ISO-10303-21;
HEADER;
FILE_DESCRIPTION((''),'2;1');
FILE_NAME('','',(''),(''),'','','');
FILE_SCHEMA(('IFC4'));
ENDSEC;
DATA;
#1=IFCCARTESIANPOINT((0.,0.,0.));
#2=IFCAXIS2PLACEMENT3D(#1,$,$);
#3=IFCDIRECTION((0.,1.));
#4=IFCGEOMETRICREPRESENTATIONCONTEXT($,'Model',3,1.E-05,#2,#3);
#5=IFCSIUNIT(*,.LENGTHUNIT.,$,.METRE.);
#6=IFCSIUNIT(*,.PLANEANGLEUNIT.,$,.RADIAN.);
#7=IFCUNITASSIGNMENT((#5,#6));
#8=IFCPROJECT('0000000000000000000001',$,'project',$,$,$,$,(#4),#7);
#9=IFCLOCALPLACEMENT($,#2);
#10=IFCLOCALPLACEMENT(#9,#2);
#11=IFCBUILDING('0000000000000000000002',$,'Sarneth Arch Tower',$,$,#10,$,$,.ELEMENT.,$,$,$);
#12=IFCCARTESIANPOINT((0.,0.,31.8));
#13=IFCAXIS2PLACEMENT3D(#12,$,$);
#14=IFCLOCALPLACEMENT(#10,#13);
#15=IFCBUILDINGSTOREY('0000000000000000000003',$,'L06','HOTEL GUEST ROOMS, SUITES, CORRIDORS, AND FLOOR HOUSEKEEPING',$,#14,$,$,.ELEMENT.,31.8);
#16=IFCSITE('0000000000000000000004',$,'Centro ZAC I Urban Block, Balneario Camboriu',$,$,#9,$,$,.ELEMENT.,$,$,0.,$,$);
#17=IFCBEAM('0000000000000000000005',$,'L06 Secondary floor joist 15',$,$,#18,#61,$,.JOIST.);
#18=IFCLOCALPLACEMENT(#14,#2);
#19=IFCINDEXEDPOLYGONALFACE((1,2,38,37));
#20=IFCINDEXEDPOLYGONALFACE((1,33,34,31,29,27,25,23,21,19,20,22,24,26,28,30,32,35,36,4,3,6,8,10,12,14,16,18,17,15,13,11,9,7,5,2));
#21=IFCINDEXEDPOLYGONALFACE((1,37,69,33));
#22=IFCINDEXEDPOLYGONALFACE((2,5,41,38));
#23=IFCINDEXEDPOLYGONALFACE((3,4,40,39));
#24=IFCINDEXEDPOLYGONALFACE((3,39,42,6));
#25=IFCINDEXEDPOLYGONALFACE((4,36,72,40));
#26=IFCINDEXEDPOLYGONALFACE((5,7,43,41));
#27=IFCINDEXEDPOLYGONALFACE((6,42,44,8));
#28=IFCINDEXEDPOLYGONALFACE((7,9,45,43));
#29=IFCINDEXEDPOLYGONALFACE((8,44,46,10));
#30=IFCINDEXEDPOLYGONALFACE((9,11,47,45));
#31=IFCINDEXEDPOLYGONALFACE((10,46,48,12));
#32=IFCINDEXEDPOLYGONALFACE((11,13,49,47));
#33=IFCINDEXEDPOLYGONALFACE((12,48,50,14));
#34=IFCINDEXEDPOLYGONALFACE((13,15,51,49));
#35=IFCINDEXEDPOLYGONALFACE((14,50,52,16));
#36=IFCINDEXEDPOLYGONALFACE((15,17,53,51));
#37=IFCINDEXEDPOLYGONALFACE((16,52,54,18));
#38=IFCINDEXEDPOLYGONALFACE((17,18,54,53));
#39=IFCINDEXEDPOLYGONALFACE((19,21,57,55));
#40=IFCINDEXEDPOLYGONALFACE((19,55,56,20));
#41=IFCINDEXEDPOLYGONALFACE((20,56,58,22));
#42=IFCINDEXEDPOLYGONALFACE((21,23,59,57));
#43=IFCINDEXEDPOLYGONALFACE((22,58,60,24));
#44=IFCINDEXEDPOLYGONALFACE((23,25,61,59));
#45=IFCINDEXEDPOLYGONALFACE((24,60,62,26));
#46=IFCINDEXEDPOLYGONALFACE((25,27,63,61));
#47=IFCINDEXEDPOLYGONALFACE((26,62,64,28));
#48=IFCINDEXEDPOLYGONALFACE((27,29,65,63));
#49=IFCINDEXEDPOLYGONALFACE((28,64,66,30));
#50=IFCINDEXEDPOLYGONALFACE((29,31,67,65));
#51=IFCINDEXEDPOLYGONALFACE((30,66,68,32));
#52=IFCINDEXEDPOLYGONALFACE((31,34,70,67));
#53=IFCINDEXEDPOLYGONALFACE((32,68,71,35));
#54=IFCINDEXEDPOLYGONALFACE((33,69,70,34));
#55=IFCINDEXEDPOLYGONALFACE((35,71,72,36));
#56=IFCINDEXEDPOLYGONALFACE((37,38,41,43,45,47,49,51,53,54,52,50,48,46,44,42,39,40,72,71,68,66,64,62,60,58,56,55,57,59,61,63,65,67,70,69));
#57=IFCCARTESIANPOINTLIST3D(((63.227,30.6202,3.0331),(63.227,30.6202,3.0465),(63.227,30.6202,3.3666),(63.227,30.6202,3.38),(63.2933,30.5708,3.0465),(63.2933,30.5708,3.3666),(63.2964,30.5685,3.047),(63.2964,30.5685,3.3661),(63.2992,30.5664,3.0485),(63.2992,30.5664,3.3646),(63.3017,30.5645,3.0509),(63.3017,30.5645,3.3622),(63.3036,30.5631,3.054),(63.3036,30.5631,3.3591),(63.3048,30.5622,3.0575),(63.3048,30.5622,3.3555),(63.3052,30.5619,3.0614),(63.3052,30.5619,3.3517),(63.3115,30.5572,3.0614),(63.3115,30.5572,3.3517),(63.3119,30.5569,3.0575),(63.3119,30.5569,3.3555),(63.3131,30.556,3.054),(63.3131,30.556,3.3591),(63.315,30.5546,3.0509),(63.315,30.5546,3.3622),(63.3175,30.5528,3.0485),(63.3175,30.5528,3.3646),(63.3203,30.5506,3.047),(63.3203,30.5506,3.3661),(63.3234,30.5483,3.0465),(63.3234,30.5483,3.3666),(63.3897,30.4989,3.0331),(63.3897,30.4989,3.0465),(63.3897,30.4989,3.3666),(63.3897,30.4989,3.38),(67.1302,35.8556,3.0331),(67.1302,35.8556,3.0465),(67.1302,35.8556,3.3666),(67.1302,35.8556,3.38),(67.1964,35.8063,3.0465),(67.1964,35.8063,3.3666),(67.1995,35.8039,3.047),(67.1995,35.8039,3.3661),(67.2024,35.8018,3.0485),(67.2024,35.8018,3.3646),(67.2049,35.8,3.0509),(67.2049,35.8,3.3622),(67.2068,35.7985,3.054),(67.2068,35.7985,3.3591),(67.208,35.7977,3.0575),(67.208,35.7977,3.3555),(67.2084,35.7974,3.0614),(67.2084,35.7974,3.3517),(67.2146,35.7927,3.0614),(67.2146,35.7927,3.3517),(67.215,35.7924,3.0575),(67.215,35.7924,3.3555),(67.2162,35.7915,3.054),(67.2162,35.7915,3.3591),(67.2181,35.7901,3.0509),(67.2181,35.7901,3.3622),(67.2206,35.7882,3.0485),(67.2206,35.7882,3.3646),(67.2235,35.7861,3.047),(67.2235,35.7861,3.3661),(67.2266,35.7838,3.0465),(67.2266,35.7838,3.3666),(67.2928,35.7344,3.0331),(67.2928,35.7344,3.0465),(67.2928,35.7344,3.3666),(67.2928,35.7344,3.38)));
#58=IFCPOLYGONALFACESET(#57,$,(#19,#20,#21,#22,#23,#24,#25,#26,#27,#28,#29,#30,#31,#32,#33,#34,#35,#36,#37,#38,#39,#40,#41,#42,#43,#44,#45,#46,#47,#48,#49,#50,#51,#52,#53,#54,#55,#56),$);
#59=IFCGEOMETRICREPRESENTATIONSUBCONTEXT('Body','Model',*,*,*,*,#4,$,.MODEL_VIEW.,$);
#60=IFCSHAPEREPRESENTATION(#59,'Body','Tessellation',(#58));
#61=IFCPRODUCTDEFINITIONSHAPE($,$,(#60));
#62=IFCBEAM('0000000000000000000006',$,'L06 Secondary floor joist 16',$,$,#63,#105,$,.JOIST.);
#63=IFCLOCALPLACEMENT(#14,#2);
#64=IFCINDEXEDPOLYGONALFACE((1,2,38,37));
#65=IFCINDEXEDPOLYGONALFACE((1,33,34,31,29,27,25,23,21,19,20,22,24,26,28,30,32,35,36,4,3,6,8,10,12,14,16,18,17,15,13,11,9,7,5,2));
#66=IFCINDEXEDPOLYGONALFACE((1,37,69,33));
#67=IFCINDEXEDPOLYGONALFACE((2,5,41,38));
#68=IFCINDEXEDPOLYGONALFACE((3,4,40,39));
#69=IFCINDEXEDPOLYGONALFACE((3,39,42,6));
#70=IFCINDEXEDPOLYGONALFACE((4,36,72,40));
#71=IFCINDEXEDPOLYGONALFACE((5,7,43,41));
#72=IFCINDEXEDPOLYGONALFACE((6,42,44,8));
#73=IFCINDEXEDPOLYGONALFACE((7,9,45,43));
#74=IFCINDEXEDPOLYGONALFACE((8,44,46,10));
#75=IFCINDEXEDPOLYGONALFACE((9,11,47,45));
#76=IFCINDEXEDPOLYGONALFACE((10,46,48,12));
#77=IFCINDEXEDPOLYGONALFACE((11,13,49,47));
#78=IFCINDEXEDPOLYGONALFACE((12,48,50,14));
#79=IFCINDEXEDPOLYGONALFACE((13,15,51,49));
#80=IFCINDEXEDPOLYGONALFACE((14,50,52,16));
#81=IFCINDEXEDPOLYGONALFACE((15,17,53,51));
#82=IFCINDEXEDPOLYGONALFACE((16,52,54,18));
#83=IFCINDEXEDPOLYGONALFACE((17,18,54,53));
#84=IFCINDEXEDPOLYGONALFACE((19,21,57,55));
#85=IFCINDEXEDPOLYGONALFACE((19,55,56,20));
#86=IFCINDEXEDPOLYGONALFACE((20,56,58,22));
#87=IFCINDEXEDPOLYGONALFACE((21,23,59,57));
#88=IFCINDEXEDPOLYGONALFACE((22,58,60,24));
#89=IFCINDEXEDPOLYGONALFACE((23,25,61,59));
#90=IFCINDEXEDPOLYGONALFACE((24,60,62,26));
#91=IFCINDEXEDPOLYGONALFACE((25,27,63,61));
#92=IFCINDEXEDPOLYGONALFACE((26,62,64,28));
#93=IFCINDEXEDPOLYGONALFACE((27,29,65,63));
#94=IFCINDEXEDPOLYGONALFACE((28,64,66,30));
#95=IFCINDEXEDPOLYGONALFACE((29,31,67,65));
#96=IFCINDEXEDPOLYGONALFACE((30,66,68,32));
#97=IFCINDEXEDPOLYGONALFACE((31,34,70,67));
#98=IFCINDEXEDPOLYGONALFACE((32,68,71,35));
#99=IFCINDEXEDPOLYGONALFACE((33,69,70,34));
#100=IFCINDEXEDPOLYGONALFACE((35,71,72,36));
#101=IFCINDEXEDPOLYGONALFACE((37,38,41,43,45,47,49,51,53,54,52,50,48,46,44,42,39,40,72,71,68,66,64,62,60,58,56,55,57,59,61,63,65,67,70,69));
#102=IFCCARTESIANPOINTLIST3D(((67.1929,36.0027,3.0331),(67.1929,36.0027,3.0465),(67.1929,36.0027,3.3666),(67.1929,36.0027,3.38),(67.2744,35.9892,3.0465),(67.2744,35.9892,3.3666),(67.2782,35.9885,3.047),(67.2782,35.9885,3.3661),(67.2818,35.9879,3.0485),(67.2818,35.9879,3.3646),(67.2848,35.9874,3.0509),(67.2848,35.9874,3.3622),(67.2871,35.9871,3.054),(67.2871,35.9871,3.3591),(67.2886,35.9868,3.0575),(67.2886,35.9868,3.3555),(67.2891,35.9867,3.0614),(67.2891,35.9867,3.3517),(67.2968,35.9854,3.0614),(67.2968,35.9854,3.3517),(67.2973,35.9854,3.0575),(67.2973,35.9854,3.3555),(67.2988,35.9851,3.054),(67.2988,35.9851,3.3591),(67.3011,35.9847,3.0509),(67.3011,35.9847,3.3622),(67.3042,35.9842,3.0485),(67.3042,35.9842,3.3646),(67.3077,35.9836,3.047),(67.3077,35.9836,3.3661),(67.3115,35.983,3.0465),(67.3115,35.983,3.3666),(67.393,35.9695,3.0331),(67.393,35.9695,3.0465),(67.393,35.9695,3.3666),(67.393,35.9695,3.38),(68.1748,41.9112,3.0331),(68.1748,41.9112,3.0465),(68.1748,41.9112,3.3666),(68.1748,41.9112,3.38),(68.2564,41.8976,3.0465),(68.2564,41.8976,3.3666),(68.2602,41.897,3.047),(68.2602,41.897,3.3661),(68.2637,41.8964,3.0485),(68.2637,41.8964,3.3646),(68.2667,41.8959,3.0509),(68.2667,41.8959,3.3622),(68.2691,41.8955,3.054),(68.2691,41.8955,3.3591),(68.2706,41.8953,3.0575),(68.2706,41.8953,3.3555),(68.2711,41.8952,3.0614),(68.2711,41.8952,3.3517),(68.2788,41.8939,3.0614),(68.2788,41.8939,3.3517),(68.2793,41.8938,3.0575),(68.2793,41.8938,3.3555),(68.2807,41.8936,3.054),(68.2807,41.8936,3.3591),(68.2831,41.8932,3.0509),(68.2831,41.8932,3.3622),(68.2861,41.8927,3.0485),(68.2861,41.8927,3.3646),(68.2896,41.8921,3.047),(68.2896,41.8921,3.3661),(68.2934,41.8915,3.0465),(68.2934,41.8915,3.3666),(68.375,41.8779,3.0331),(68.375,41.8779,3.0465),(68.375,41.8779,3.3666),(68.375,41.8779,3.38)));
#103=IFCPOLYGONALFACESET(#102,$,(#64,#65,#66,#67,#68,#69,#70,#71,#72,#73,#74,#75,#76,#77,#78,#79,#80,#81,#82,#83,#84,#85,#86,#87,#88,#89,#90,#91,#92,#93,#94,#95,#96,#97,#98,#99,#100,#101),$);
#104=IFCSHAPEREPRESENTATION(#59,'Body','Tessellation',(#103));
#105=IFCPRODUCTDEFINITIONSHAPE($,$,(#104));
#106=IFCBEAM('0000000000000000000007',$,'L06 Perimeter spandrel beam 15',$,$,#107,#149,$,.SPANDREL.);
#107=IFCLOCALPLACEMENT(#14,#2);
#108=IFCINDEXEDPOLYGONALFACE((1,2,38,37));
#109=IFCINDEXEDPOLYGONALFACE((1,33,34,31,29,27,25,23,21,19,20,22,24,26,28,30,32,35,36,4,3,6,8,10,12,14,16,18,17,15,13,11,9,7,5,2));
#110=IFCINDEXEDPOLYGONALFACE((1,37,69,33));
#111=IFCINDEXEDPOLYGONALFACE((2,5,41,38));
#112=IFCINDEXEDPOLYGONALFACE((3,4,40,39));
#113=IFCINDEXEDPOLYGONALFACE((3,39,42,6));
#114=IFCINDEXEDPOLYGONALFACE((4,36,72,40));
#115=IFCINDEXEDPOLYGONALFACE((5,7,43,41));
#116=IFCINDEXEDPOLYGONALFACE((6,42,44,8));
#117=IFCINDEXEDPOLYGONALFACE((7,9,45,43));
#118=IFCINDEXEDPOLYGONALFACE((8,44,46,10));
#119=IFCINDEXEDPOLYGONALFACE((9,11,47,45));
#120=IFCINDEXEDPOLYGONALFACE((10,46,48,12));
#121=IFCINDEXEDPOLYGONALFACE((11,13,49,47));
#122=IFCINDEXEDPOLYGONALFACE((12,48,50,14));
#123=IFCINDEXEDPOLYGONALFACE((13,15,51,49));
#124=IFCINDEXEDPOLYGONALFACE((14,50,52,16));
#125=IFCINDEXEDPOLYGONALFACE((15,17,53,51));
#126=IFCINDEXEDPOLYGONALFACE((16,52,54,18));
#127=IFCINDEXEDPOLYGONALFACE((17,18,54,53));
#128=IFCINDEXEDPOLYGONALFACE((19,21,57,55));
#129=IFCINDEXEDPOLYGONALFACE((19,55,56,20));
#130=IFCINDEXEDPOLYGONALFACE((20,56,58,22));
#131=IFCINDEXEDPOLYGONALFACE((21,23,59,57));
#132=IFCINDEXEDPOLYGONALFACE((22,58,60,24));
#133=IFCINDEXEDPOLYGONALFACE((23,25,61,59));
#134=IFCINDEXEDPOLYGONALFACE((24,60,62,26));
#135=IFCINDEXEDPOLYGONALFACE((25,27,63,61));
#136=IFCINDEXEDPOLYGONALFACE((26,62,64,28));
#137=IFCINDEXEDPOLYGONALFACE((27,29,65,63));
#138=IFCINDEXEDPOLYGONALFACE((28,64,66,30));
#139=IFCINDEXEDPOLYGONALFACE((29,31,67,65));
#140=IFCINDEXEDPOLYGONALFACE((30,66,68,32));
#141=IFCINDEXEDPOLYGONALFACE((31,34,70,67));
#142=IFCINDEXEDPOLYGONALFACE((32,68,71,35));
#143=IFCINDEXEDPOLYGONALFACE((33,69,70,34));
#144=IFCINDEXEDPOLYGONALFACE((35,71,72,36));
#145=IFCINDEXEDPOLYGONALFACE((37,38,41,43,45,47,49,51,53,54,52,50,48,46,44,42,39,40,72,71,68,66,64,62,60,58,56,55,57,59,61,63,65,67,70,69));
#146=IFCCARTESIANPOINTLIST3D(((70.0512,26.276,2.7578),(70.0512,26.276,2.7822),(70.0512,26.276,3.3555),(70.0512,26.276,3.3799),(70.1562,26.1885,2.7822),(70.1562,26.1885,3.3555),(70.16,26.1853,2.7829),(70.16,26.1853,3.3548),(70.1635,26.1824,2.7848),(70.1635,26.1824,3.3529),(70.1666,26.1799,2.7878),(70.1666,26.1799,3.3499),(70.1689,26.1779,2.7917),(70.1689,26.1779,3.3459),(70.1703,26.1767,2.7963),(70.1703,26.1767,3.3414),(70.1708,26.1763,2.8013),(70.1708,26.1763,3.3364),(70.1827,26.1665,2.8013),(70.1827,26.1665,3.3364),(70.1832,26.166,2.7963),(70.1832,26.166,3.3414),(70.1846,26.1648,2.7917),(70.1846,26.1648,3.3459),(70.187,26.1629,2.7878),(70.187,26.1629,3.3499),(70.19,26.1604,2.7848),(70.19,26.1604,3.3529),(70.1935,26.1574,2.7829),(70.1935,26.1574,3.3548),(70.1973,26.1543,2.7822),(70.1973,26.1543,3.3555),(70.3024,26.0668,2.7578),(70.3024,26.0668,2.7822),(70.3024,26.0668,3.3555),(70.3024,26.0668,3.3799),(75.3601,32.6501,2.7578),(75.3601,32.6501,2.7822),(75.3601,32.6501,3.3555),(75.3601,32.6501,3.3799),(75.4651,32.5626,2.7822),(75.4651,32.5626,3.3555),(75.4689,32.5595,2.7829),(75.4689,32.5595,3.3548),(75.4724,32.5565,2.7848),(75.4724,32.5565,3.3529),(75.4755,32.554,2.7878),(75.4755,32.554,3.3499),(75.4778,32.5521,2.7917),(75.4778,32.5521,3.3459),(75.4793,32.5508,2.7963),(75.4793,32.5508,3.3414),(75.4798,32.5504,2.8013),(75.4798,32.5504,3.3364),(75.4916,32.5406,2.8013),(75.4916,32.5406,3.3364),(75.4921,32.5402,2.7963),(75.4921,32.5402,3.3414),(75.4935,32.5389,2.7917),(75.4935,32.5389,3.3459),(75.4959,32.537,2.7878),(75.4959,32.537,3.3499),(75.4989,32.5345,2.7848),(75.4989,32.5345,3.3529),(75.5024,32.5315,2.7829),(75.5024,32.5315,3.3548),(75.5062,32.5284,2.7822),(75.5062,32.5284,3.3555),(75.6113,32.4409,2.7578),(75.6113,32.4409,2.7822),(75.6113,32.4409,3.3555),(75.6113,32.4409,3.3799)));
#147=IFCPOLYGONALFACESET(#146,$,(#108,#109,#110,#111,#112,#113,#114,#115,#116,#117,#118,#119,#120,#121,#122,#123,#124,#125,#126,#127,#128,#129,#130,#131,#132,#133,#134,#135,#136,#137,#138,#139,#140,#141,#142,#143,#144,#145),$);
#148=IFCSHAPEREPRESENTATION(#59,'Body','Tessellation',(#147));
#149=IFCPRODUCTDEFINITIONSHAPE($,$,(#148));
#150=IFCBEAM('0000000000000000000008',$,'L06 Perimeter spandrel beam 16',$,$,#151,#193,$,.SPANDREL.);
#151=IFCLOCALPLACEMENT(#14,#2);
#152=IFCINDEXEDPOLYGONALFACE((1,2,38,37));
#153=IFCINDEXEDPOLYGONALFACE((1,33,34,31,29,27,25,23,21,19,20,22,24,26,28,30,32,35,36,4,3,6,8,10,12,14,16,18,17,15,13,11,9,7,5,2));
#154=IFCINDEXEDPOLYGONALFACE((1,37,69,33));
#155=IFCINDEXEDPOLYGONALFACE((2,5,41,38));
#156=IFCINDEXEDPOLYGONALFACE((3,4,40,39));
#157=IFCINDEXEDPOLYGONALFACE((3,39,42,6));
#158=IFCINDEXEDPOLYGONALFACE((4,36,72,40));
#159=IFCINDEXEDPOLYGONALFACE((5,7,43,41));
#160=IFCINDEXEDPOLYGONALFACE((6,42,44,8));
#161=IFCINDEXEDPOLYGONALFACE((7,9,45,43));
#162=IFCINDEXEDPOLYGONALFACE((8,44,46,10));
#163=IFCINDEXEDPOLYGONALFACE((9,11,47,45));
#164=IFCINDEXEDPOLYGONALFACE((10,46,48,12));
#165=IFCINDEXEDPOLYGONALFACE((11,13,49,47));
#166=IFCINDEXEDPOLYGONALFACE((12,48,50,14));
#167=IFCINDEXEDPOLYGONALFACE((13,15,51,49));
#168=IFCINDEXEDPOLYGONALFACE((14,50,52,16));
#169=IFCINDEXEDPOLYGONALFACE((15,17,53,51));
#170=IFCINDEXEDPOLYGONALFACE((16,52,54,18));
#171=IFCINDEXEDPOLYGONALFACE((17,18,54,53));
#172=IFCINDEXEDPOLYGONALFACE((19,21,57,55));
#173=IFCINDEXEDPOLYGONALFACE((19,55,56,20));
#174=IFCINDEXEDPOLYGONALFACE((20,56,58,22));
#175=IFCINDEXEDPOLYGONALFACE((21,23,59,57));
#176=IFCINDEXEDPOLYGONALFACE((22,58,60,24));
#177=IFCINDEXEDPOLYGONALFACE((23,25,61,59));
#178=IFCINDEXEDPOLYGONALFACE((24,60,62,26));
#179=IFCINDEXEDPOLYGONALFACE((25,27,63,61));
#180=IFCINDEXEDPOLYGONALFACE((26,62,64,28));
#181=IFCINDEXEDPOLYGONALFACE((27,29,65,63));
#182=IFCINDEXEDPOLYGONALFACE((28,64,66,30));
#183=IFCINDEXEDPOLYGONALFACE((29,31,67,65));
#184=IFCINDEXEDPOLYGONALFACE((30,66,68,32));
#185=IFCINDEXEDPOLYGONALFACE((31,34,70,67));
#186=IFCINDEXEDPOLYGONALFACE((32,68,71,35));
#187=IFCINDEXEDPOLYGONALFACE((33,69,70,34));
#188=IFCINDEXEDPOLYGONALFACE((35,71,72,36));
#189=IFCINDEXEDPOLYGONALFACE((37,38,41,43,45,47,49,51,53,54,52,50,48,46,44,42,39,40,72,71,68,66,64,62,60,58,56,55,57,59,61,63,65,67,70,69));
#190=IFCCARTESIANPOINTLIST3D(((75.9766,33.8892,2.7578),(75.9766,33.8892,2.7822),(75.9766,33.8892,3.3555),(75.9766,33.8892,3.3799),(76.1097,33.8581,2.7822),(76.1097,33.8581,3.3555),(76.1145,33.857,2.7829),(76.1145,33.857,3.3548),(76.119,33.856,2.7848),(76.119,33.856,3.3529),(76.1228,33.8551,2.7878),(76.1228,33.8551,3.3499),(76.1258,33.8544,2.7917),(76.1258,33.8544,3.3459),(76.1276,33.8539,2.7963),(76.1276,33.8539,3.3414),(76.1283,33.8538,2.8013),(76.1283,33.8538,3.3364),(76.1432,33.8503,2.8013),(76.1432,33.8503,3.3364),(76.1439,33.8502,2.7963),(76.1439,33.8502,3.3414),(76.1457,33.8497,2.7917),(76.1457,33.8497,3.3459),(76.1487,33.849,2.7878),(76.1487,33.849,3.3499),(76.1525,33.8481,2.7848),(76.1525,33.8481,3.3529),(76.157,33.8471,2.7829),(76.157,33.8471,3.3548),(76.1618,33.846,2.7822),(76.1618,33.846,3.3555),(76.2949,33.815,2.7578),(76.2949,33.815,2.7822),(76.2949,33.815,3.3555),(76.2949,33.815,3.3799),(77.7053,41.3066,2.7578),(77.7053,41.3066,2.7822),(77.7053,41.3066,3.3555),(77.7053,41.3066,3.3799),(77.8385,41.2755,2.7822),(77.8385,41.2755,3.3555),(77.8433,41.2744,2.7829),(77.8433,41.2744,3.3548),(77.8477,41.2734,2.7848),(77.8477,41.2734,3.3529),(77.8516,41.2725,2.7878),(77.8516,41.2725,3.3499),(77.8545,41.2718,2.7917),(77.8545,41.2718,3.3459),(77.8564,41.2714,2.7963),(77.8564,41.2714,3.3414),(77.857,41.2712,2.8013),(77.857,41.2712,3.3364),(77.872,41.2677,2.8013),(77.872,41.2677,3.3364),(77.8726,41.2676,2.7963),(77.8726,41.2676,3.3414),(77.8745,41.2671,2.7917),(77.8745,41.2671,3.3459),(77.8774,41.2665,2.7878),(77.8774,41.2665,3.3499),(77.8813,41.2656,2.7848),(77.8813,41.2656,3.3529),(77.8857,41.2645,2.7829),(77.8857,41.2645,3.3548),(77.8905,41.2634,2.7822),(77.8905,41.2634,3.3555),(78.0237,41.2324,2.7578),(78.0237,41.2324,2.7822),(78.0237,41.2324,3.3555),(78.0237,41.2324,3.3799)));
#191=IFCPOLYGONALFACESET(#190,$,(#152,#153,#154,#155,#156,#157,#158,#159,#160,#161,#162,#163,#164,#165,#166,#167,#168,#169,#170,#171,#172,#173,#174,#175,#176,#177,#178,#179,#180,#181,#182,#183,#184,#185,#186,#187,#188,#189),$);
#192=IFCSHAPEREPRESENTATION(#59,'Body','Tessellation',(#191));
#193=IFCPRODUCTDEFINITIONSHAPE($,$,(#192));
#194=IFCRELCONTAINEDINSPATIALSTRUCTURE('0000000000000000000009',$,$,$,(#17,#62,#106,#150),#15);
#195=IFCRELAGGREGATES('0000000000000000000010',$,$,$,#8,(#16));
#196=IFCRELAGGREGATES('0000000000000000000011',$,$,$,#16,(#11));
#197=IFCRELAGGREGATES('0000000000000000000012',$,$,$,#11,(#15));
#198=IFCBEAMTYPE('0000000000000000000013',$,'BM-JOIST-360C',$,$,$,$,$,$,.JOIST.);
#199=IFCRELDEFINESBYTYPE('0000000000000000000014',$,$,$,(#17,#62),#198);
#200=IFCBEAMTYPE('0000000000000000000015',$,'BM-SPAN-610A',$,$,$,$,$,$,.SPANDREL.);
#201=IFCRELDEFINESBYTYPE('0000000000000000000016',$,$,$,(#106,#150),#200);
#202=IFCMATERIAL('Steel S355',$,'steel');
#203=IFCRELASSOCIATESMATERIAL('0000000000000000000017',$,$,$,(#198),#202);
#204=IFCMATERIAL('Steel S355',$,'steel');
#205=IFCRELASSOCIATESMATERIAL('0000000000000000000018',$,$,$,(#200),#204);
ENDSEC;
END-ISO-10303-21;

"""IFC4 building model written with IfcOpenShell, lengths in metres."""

from ifc_helpers import new_model, si_unit, direction, frame, origin, origin_2d, place, context, subcontext, project, spatial, i_section, extrude, material, material_profile, profile_set, type_object, element, save


model = new_model("IFC4")

# Units and contexts
model_context = context("Model", 3, precision=1e-05, world=origin(), true_north=direction((0.0, 1.0)))
body_context = subcontext(model_context, "Body", "Model", "MODEL_VIEW")
ifc_project = project(units=[si_unit("LENGTHUNIT", "METRE"), si_unit("PLANEANGLEUNIT", "RADIAN")], contexts=[model_context])

# Site, building, storey
site_placement = place(None, origin())
site = spatial("IfcSite", under=ifc_project, at=site_placement, Name="Centro ZAC I Urban Block, Balneario Camboriu", CompositionType="ELEMENT", RefElevation=0.0)
building_placement = place(site_placement, origin())
building = spatial("IfcBuilding", under=site, at=building_placement, Name="Sarneth Arch Tower", CompositionType="ELEMENT")
storey_placement = place(building_placement, frame((0.0, 0.0, 31.8)))
storey = spatial("IfcBuildingStorey", under=building, at=storey_placement, Name="L06", Description="HOTEL GUEST ROOMS, SUITES, CORRIDORS, AND FLOOR HOUSEKEEPING", CompositionType="ELEMENT", Elevation=31.8)

# Beams
ifc_material_1 = material(Name="Steel S355", Category="steel")
ifc_material_profile_1 = material_profile(ifc_material_1, i_section(OverallWidth=0.2029, OverallDepth=0.3469, WebThickness=0.0078, FlangeThickness=0.0134, FilletRadius=0.0149, at=origin_2d()), Name="W360x64")
ifc_profile_set_1 = profile_set([ifc_material_profile_1], Name="Steel S355")
beam_type_1 = type_object("IfcBeamType", Name="BM-JOIST-360C", PredefinedType="JOIST", material=ifc_profile_set_1)
beam_1_placement = place(storey_placement, frame((63.3083, 30.5596, 3.2065), z_axis=(0.5977, 0.801719, 0.0), x_axis=(-0.801719, 0.5977, 0.0)))
element("IfcBeam", 1, at=beam_1_placement, inside=storey, type_object=beam_type_1, Name="L06 Secondary floor joist 15", PredefinedType="JOIST", context=body_context, shape_type="SweptSolid", body=[
    extrude(i_section(OverallWidth=0.2029, OverallDepth=0.3469, WebThickness=0.0078, FlangeThickness=0.0134, FilletRadius=0.0149, at=origin_2d()), origin(), (0.0, 0.0, 1.0), 6.5303),
])
beam_2_placement = place(storey_placement, frame((67.293, 35.9861, 3.2065), z_axis=(0.163943, 0.98647, 0.0), x_axis=(-0.98647, 0.163943, 0.0)))
element("IfcBeam", 2, at=beam_2_placement, inside=storey, type_object=beam_type_1, Name="L06 Secondary floor joist 16", PredefinedType="JOIST", context=body_context, shape_type="SweptSolid", body=[
    extrude(i_section(OverallWidth=0.2029, OverallDepth=0.3469, WebThickness=0.0078, FlangeThickness=0.0134, FilletRadius=0.0149, at=origin_2d()), origin(), (0.0, 0.0, 1.0), 5.9895),
])
ifc_material_2 = material(Name="Steel S355", Category="steel")
ifc_material_profile_2 = material_profile(ifc_material_2, i_section(OverallWidth=0.3269, OverallDepth=0.6221, WebThickness=0.0154, FlangeThickness=0.0244, FilletRadius=0.019, at=origin_2d()), Name="W610x195")
ifc_profile_set_2 = profile_set([ifc_material_profile_2], Name="Steel S355")
beam_type_2 = type_object("IfcBeamType", Name="BM-SPAN-610A", PredefinedType="SPANDREL", material=ifc_profile_set_2)
beam_3_placement = place(storey_placement, frame((70.1768, 26.1714, 3.0688), z_axis=(0.639982, 0.76839, 0.0), x_axis=(-0.76839, 0.639982, 0.0)))
element("IfcBeam", 3, at=beam_3_placement, inside=storey, type_object=beam_type_2, Name="L06 Perimeter spandrel beam 15", PredefinedType="SPANDREL", context=body_context, shape_type="SweptSolid", body=[
    extrude(i_section(OverallWidth=0.3269, OverallDepth=0.6221, WebThickness=0.0154, FlangeThickness=0.0244, FilletRadius=0.019, at=origin_2d()), origin(), (0.0, 0.0, 1.0), 8.2954),
])
beam_4_placement = place(storey_placement, frame((76.1357, 33.8521, 3.0688), z_axis=(0.226982, 0.973899, 0.0), x_axis=(-0.973899, 0.226982, 0.0)))
element("IfcBeam", 4, at=beam_4_placement, inside=storey, type_object=beam_type_2, Name="L06 Perimeter spandrel beam 16", PredefinedType="SPANDREL", context=body_context, shape_type="SweptSolid", body=[
    extrude(i_section(OverallWidth=0.3269, OverallDepth=0.6221, WebThickness=0.0154, FlangeThickness=0.0244, FilletRadius=0.019, at=origin_2d()), origin(), (0.0, 0.0, 1.0), 7.6162),
])

save(model, "model.ifc")
